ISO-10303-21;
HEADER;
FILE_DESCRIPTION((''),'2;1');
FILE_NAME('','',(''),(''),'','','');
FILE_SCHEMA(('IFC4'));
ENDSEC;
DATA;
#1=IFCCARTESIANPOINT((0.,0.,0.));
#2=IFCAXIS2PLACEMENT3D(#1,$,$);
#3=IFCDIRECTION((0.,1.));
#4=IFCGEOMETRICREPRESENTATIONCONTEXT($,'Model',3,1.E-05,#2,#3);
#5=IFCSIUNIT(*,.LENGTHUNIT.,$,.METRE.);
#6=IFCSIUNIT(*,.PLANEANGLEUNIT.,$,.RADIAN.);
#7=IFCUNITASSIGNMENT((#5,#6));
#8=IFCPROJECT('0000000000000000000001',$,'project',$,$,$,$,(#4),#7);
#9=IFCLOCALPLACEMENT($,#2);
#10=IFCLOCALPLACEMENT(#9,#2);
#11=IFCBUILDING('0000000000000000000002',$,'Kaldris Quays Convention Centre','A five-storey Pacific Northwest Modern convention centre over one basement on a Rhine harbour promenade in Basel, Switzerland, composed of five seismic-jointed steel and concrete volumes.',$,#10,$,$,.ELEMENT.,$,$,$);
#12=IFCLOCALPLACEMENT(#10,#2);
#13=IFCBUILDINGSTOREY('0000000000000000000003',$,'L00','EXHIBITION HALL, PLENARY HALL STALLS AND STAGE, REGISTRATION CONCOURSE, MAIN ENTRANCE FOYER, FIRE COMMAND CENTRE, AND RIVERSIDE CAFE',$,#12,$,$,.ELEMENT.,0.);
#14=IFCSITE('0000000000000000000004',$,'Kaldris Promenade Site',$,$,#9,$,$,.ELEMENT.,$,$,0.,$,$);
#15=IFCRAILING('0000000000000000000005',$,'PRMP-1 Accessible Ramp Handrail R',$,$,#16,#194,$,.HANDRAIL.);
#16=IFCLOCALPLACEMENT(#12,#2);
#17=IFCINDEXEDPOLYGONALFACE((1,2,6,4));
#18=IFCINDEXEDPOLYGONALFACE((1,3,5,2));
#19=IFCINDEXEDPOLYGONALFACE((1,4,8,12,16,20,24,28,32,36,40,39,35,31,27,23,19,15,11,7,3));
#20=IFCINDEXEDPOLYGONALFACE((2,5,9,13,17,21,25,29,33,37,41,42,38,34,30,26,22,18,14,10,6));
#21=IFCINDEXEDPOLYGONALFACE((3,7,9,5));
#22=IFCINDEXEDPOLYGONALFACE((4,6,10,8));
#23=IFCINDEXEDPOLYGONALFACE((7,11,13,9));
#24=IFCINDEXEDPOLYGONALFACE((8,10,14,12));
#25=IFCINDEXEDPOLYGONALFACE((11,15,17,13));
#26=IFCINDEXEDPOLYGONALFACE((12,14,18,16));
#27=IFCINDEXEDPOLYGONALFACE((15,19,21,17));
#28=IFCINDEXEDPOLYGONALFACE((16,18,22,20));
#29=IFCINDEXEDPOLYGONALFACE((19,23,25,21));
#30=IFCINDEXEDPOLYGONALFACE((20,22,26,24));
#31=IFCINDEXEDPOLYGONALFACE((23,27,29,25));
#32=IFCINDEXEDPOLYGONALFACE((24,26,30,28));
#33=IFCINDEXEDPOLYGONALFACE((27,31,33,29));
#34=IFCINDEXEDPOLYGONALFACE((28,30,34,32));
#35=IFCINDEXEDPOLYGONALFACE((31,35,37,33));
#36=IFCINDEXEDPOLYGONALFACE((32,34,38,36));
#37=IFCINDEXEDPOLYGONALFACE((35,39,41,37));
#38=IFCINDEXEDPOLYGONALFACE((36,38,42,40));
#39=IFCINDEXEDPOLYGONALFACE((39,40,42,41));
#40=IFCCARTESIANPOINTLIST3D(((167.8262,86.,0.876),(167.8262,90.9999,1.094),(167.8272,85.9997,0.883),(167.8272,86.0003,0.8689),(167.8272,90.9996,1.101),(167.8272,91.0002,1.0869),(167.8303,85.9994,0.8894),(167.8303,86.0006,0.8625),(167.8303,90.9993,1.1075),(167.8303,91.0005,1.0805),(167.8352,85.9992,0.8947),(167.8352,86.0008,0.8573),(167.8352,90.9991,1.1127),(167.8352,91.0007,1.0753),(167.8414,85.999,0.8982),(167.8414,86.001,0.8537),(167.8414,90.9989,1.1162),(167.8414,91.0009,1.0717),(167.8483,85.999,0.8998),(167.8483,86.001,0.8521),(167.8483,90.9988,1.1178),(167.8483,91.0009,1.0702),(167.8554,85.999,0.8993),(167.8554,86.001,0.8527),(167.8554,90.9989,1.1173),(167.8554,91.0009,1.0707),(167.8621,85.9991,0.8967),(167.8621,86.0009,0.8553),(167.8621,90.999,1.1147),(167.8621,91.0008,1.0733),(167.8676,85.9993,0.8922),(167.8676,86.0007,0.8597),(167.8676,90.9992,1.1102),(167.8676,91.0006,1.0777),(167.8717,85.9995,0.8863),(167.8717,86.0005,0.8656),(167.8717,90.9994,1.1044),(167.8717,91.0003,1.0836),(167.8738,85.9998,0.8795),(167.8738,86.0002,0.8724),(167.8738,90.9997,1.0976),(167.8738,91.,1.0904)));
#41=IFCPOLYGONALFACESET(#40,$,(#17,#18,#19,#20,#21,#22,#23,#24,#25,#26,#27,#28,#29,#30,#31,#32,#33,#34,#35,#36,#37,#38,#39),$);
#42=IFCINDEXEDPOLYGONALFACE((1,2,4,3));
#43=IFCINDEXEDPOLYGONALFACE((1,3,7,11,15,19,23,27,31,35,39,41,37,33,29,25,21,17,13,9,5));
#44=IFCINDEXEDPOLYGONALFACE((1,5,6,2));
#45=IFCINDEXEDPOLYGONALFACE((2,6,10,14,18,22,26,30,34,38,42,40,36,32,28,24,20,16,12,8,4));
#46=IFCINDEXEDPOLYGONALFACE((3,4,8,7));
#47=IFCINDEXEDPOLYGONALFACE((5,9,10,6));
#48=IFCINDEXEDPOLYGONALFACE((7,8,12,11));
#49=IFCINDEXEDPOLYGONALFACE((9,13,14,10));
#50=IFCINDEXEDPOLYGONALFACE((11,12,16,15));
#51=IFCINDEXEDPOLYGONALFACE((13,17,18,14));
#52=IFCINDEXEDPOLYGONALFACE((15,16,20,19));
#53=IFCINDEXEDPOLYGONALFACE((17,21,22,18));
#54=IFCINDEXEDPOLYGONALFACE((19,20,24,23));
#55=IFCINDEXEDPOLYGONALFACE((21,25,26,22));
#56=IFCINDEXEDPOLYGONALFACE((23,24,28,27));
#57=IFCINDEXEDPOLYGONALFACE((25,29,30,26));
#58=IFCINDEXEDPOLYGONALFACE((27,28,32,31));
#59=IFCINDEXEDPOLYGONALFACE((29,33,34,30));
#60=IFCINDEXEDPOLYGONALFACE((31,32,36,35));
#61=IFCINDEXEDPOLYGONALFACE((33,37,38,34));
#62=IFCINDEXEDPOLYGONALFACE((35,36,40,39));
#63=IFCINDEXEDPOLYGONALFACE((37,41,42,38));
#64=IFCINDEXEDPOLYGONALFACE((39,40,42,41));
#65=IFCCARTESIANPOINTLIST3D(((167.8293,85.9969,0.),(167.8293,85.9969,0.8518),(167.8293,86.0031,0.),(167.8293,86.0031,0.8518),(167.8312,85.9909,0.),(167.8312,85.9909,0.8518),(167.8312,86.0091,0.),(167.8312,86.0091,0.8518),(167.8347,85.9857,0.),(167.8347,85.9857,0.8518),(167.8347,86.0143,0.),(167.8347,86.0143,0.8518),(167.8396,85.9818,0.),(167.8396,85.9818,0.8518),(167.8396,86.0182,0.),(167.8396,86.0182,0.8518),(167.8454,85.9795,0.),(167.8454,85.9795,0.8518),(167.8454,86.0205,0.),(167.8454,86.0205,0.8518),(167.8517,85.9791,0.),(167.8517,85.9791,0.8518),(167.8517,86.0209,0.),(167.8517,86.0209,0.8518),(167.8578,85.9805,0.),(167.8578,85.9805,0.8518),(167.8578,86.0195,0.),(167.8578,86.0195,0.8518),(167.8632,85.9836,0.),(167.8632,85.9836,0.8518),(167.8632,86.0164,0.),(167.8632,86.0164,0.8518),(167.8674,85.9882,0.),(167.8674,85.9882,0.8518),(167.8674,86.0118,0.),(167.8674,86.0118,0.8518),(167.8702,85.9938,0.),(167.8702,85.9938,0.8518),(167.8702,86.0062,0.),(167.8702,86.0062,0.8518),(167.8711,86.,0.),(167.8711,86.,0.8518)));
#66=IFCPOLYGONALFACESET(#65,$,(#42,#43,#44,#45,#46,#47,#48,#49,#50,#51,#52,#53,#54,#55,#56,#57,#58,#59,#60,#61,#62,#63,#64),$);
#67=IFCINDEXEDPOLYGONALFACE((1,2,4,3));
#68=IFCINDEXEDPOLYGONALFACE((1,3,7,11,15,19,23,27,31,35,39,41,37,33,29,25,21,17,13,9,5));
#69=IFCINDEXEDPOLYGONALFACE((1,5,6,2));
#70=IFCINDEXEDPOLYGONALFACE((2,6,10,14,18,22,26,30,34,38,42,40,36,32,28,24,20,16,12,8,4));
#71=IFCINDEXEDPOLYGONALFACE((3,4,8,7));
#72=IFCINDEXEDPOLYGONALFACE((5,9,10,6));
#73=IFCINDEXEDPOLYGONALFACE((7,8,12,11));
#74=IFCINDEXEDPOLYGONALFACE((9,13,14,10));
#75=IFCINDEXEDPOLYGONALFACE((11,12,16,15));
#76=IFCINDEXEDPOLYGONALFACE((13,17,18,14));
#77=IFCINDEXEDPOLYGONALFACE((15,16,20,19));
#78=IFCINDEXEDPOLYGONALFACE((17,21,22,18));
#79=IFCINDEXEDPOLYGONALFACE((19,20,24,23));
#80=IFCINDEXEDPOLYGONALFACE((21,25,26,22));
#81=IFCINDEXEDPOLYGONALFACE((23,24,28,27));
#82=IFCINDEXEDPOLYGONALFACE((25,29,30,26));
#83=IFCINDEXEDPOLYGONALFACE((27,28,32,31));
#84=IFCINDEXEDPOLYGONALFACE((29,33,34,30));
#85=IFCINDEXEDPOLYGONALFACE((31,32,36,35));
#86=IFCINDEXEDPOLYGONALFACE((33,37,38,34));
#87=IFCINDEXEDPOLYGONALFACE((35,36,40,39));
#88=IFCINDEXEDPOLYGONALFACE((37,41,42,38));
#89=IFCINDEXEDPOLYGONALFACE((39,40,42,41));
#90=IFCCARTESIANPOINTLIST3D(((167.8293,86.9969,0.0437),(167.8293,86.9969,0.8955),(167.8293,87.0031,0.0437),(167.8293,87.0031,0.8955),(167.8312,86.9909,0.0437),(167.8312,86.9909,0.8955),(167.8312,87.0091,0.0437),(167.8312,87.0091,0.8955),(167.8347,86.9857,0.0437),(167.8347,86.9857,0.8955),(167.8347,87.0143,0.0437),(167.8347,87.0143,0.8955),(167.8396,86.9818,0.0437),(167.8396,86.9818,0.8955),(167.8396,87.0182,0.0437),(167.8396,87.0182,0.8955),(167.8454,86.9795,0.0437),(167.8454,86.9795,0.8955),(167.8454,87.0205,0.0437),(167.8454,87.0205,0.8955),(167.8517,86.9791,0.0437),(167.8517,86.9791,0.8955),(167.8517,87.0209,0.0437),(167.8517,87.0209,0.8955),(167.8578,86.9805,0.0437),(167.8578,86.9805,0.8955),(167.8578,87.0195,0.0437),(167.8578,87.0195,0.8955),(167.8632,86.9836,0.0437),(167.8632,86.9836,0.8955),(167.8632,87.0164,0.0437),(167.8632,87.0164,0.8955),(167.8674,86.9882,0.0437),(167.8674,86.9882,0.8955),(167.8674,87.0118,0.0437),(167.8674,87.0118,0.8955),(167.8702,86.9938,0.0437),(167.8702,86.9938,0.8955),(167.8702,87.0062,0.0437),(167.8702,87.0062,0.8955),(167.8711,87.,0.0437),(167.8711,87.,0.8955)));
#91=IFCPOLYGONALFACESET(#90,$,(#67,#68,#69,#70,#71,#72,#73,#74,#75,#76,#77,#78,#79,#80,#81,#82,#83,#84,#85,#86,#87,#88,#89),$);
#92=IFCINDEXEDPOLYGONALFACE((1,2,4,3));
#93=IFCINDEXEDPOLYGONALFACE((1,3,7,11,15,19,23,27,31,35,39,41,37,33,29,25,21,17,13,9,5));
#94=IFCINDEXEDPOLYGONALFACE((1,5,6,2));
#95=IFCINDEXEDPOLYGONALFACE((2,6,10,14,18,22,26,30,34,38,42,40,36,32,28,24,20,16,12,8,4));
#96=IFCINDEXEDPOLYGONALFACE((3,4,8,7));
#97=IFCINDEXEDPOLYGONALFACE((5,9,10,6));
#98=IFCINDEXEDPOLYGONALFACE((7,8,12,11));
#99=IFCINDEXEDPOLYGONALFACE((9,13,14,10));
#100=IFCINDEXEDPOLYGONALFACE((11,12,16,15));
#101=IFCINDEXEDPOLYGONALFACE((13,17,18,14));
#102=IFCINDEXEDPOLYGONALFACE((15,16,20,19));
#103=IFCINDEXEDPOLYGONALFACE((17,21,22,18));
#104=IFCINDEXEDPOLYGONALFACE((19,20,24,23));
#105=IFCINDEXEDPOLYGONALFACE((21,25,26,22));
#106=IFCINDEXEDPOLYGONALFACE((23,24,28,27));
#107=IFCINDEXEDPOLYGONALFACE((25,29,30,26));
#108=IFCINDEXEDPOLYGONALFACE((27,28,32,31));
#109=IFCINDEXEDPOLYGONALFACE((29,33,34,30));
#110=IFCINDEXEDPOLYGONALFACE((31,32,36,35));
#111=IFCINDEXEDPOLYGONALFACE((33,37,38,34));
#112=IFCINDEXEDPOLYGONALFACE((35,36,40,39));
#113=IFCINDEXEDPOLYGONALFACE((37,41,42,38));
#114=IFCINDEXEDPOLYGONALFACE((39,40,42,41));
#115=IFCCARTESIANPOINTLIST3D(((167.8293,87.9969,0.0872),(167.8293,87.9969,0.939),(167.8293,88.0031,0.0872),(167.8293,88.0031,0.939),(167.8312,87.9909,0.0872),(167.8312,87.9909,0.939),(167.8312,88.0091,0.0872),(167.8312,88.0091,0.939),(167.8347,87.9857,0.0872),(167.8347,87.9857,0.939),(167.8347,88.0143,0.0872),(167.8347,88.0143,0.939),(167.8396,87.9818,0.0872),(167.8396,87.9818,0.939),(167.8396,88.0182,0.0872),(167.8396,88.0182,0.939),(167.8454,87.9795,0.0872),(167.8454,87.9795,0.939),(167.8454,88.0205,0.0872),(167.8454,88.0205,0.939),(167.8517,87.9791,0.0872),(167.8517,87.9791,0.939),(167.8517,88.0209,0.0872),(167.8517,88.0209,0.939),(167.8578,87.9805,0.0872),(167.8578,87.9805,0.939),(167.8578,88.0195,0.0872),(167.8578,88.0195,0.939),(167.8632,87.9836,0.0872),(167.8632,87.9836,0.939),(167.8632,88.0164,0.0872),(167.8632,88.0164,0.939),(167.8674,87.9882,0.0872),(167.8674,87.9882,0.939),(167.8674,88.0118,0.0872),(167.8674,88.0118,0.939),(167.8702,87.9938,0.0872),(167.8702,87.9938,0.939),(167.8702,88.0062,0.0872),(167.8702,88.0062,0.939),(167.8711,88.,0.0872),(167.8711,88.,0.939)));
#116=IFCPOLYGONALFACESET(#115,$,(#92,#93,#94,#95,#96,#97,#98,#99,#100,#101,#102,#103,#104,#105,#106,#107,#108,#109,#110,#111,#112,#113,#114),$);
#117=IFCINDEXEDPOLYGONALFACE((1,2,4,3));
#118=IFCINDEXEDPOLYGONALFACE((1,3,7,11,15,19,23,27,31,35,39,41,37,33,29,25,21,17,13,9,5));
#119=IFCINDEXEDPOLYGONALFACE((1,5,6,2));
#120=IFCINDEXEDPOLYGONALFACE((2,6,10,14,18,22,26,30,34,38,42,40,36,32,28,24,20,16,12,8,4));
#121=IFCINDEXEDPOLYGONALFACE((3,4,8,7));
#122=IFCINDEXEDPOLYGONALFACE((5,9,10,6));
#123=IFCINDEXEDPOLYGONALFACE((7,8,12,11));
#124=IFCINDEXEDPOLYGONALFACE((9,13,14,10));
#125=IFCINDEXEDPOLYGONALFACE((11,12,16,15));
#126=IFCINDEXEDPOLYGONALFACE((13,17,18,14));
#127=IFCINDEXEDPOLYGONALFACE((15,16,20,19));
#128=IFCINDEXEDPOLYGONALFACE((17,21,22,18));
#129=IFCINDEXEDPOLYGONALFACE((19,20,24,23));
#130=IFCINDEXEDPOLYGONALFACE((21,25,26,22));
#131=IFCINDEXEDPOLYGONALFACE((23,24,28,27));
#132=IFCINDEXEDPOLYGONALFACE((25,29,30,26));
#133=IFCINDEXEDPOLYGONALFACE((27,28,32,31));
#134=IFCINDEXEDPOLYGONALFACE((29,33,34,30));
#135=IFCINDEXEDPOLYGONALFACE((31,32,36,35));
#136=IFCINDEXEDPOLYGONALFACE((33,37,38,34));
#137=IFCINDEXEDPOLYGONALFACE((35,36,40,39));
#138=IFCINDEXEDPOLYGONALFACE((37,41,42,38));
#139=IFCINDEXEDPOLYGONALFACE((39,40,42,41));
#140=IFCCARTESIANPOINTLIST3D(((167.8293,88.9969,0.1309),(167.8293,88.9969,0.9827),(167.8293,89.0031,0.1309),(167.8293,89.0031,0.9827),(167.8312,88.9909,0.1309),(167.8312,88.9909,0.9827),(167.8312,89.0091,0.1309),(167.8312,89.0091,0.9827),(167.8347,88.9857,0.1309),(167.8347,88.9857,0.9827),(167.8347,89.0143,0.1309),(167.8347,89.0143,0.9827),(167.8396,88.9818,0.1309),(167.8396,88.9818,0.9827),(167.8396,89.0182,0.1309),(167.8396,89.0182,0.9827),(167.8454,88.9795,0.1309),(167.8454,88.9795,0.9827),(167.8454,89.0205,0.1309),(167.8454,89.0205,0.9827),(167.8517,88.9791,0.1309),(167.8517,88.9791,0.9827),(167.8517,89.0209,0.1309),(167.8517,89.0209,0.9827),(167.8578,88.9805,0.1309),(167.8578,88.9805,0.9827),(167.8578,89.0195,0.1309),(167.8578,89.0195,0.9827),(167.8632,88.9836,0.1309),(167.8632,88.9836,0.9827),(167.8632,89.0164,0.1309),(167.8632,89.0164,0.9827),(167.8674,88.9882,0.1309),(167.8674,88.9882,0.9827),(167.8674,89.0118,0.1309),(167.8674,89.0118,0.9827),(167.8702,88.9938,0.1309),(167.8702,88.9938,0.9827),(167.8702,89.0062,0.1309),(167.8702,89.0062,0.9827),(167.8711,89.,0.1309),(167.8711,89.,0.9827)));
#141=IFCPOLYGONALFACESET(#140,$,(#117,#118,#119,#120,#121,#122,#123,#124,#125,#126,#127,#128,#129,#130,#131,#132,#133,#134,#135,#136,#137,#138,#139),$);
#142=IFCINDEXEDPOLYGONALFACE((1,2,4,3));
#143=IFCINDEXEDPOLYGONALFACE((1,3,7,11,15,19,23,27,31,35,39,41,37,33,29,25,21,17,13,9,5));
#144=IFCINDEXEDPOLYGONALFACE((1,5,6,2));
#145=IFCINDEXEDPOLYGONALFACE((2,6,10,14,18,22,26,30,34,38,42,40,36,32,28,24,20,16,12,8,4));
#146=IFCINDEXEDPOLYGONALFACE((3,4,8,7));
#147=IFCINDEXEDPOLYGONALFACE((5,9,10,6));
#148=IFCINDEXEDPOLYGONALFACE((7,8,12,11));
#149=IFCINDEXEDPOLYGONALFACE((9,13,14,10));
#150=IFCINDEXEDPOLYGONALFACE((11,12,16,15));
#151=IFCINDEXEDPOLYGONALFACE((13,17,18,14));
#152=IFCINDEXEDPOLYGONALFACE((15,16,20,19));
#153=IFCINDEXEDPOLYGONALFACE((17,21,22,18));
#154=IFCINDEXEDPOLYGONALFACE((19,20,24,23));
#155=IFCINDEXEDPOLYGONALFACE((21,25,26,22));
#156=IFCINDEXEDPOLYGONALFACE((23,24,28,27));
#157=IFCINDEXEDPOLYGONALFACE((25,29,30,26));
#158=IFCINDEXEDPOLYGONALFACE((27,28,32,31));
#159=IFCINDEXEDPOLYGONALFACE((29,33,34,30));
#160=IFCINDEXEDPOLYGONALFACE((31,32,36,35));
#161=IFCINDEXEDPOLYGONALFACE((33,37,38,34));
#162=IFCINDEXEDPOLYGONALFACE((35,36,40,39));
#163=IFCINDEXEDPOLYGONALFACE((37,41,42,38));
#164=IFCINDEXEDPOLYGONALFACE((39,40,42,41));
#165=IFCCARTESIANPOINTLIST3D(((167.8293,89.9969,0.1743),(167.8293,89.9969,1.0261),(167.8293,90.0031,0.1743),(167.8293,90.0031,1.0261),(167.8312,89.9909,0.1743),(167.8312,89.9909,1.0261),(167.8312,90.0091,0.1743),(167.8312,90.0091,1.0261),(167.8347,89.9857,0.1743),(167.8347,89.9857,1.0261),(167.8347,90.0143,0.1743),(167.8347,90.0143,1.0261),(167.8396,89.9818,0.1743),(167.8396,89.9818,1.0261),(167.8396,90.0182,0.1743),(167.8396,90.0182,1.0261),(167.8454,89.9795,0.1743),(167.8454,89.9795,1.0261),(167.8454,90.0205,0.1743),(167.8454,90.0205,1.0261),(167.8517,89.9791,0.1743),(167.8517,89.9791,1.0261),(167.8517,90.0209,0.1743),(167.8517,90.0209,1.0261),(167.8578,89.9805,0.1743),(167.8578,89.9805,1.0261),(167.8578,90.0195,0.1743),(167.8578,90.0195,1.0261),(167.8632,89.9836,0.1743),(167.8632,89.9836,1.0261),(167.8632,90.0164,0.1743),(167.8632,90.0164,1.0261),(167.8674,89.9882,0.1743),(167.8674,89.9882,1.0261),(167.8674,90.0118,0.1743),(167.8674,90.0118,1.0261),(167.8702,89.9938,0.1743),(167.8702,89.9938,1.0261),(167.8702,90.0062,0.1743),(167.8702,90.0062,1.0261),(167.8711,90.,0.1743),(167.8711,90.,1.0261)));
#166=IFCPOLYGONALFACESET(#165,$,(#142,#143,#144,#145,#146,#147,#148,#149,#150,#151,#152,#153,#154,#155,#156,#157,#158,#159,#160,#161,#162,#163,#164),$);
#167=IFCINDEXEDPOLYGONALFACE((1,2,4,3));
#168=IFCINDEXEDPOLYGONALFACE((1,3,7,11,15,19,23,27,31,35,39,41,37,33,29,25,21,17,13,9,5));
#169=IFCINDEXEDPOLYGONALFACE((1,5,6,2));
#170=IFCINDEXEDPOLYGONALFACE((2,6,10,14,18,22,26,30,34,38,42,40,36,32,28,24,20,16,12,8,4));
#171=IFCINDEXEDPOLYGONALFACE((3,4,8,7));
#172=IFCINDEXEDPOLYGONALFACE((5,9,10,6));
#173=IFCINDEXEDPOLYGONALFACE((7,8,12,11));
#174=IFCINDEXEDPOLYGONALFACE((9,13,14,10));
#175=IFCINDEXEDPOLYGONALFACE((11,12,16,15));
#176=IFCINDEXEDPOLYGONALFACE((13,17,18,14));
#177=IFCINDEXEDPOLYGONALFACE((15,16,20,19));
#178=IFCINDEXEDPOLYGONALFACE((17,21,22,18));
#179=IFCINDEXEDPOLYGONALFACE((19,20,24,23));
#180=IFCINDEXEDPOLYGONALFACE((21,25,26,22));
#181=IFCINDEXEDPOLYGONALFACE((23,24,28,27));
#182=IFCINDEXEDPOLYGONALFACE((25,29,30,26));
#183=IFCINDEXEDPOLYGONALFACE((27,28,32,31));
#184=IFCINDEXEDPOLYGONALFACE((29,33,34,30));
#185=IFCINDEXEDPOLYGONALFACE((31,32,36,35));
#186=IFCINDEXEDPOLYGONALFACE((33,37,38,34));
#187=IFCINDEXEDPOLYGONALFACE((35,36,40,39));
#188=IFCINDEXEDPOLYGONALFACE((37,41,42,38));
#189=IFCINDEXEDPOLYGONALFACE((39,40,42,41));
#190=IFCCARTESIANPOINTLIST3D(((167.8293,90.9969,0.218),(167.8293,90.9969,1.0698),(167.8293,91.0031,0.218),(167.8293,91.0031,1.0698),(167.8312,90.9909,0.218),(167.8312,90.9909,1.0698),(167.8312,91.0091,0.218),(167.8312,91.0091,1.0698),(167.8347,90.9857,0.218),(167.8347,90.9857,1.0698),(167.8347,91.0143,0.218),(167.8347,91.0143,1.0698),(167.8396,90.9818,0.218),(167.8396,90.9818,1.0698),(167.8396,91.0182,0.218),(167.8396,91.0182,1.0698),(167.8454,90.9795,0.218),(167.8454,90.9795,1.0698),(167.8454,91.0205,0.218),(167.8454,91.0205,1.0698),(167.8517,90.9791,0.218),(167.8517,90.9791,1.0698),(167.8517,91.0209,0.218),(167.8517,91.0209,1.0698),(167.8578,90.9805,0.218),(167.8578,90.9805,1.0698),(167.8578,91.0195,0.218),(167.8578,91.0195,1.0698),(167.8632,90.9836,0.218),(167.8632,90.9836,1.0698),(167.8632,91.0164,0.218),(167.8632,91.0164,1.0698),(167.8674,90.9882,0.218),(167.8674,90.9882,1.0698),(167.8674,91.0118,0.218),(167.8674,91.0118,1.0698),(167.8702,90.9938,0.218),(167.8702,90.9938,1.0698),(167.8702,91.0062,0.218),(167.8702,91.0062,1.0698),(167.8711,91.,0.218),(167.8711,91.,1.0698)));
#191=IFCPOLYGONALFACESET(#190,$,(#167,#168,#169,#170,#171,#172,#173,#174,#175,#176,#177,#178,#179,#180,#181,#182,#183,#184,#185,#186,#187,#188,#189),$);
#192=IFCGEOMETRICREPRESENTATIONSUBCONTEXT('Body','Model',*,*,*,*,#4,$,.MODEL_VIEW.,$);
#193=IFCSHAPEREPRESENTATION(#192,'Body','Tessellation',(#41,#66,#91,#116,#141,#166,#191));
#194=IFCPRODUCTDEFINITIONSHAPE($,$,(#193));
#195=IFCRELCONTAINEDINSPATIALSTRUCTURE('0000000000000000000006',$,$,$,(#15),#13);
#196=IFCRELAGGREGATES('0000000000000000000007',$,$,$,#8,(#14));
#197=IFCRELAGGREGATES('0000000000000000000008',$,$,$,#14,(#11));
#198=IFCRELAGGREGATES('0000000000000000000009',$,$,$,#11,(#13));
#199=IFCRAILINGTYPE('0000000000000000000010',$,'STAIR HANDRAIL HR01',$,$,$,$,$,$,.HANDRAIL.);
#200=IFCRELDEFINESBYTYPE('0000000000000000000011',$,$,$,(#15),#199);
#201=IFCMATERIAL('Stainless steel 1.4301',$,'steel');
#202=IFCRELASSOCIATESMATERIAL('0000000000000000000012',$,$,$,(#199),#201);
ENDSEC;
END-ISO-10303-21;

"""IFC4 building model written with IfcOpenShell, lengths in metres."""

from ifc_helpers import new_model, si_unit, direction, frame, origin, origin_2d, place, context, subcontext, project, spatial, circle, extrude, material, type_object, element, save


model = new_model("IFC4")

# Units and contexts
model_context = context("Model", 3, precision=1e-05, world=origin(), true_north=direction((0.0, 1.0)))
body_context = subcontext(model_context, "Body", "Model", "MODEL_VIEW")
ifc_project = project(units=[si_unit("LENGTHUNIT", "METRE"), si_unit("PLANEANGLEUNIT", "RADIAN")], contexts=[model_context])

# Site, building, storey
site_placement = place(None, origin())
site = spatial("IfcSite", under=ifc_project, at=site_placement, Name="Kaldris Promenade Site", CompositionType="ELEMENT", RefElevation=0.0)
building_placement = place(site_placement, origin())
building = spatial("IfcBuilding", under=site, at=building_placement, Name="Kaldris Quays Convention Centre", Description="A five-storey Pacific Northwest Modern convention centre over one basement on a Rhine harbour promenade in Basel, Switzerland, composed of five seismic-jointed steel and concrete volumes.", CompositionType="ELEMENT")
storey_placement = place(building_placement, origin())
storey = spatial("IfcBuildingStorey", under=building, at=storey_placement, Name="L00", Description="EXHIBITION HALL, PLENARY HALL STALLS AND STAGE, REGISTRATION CONCOURSE, MAIN ENTRANCE FOYER, FIRE COMMAND CENTRE, AND RIVERSIDE CAFE", CompositionType="ELEMENT", Elevation=0.0)

# Railing
ifc_material_1 = material(Name="Stainless steel 1.4301", Category="steel")
railing_type = type_object("IfcRailingType", Name="STAIR HANDRAIL HR01", PredefinedType="HANDRAIL", material=ifc_material_1)
for number, where, name in (
    (1, (167.8501, 86.0, 0.0), "PRMP-1 Accessible Ramp Handrail R"),
):
    element("IfcRailing", number, at=place(storey_placement, frame(where)), inside=storey, type_object=railing_type, Name=name, PredefinedType="HANDRAIL", context=body_context, shape_type="SweptSolid", body=[
        extrude(circle(Radius=0.0239, at=origin_2d()), frame((0.0, 0.0, 0.876), z_axis=(0.0, 0.999051, 0.043562), x_axis=(-1.0, 0.0, 0.0)), (0.0, 0.0, 1.0), 5.0046),
        extrude(circle(Radius=0.021, at=origin_2d()), origin(), (0.0, 0.0, 1.0), 0.8518),
        extrude(circle(Radius=0.021, at=origin_2d()), frame((0.0, 1.0, 0.0437)), (0.0, 0.0, 1.0), 0.8518),
        extrude(circle(Radius=0.021, at=origin_2d()), frame((0.0, 2.0, 0.0872)), (0.0, 0.0, 1.0), 0.8518),
        extrude(circle(Radius=0.021, at=origin_2d()), frame((0.0, 3.0, 0.1309)), (0.0, 0.0, 1.0), 0.8518),
        extrude(circle(Radius=0.021, at=origin_2d()), frame((0.0, 4.0, 0.1743)), (0.0, 0.0, 1.0), 0.8518),
        extrude(circle(Radius=0.021, at=origin_2d()), frame((0.0, 5.0, 0.218)), (0.0, 0.0, 1.0), 0.8518),
    ])

save(model, "model.ifc")
